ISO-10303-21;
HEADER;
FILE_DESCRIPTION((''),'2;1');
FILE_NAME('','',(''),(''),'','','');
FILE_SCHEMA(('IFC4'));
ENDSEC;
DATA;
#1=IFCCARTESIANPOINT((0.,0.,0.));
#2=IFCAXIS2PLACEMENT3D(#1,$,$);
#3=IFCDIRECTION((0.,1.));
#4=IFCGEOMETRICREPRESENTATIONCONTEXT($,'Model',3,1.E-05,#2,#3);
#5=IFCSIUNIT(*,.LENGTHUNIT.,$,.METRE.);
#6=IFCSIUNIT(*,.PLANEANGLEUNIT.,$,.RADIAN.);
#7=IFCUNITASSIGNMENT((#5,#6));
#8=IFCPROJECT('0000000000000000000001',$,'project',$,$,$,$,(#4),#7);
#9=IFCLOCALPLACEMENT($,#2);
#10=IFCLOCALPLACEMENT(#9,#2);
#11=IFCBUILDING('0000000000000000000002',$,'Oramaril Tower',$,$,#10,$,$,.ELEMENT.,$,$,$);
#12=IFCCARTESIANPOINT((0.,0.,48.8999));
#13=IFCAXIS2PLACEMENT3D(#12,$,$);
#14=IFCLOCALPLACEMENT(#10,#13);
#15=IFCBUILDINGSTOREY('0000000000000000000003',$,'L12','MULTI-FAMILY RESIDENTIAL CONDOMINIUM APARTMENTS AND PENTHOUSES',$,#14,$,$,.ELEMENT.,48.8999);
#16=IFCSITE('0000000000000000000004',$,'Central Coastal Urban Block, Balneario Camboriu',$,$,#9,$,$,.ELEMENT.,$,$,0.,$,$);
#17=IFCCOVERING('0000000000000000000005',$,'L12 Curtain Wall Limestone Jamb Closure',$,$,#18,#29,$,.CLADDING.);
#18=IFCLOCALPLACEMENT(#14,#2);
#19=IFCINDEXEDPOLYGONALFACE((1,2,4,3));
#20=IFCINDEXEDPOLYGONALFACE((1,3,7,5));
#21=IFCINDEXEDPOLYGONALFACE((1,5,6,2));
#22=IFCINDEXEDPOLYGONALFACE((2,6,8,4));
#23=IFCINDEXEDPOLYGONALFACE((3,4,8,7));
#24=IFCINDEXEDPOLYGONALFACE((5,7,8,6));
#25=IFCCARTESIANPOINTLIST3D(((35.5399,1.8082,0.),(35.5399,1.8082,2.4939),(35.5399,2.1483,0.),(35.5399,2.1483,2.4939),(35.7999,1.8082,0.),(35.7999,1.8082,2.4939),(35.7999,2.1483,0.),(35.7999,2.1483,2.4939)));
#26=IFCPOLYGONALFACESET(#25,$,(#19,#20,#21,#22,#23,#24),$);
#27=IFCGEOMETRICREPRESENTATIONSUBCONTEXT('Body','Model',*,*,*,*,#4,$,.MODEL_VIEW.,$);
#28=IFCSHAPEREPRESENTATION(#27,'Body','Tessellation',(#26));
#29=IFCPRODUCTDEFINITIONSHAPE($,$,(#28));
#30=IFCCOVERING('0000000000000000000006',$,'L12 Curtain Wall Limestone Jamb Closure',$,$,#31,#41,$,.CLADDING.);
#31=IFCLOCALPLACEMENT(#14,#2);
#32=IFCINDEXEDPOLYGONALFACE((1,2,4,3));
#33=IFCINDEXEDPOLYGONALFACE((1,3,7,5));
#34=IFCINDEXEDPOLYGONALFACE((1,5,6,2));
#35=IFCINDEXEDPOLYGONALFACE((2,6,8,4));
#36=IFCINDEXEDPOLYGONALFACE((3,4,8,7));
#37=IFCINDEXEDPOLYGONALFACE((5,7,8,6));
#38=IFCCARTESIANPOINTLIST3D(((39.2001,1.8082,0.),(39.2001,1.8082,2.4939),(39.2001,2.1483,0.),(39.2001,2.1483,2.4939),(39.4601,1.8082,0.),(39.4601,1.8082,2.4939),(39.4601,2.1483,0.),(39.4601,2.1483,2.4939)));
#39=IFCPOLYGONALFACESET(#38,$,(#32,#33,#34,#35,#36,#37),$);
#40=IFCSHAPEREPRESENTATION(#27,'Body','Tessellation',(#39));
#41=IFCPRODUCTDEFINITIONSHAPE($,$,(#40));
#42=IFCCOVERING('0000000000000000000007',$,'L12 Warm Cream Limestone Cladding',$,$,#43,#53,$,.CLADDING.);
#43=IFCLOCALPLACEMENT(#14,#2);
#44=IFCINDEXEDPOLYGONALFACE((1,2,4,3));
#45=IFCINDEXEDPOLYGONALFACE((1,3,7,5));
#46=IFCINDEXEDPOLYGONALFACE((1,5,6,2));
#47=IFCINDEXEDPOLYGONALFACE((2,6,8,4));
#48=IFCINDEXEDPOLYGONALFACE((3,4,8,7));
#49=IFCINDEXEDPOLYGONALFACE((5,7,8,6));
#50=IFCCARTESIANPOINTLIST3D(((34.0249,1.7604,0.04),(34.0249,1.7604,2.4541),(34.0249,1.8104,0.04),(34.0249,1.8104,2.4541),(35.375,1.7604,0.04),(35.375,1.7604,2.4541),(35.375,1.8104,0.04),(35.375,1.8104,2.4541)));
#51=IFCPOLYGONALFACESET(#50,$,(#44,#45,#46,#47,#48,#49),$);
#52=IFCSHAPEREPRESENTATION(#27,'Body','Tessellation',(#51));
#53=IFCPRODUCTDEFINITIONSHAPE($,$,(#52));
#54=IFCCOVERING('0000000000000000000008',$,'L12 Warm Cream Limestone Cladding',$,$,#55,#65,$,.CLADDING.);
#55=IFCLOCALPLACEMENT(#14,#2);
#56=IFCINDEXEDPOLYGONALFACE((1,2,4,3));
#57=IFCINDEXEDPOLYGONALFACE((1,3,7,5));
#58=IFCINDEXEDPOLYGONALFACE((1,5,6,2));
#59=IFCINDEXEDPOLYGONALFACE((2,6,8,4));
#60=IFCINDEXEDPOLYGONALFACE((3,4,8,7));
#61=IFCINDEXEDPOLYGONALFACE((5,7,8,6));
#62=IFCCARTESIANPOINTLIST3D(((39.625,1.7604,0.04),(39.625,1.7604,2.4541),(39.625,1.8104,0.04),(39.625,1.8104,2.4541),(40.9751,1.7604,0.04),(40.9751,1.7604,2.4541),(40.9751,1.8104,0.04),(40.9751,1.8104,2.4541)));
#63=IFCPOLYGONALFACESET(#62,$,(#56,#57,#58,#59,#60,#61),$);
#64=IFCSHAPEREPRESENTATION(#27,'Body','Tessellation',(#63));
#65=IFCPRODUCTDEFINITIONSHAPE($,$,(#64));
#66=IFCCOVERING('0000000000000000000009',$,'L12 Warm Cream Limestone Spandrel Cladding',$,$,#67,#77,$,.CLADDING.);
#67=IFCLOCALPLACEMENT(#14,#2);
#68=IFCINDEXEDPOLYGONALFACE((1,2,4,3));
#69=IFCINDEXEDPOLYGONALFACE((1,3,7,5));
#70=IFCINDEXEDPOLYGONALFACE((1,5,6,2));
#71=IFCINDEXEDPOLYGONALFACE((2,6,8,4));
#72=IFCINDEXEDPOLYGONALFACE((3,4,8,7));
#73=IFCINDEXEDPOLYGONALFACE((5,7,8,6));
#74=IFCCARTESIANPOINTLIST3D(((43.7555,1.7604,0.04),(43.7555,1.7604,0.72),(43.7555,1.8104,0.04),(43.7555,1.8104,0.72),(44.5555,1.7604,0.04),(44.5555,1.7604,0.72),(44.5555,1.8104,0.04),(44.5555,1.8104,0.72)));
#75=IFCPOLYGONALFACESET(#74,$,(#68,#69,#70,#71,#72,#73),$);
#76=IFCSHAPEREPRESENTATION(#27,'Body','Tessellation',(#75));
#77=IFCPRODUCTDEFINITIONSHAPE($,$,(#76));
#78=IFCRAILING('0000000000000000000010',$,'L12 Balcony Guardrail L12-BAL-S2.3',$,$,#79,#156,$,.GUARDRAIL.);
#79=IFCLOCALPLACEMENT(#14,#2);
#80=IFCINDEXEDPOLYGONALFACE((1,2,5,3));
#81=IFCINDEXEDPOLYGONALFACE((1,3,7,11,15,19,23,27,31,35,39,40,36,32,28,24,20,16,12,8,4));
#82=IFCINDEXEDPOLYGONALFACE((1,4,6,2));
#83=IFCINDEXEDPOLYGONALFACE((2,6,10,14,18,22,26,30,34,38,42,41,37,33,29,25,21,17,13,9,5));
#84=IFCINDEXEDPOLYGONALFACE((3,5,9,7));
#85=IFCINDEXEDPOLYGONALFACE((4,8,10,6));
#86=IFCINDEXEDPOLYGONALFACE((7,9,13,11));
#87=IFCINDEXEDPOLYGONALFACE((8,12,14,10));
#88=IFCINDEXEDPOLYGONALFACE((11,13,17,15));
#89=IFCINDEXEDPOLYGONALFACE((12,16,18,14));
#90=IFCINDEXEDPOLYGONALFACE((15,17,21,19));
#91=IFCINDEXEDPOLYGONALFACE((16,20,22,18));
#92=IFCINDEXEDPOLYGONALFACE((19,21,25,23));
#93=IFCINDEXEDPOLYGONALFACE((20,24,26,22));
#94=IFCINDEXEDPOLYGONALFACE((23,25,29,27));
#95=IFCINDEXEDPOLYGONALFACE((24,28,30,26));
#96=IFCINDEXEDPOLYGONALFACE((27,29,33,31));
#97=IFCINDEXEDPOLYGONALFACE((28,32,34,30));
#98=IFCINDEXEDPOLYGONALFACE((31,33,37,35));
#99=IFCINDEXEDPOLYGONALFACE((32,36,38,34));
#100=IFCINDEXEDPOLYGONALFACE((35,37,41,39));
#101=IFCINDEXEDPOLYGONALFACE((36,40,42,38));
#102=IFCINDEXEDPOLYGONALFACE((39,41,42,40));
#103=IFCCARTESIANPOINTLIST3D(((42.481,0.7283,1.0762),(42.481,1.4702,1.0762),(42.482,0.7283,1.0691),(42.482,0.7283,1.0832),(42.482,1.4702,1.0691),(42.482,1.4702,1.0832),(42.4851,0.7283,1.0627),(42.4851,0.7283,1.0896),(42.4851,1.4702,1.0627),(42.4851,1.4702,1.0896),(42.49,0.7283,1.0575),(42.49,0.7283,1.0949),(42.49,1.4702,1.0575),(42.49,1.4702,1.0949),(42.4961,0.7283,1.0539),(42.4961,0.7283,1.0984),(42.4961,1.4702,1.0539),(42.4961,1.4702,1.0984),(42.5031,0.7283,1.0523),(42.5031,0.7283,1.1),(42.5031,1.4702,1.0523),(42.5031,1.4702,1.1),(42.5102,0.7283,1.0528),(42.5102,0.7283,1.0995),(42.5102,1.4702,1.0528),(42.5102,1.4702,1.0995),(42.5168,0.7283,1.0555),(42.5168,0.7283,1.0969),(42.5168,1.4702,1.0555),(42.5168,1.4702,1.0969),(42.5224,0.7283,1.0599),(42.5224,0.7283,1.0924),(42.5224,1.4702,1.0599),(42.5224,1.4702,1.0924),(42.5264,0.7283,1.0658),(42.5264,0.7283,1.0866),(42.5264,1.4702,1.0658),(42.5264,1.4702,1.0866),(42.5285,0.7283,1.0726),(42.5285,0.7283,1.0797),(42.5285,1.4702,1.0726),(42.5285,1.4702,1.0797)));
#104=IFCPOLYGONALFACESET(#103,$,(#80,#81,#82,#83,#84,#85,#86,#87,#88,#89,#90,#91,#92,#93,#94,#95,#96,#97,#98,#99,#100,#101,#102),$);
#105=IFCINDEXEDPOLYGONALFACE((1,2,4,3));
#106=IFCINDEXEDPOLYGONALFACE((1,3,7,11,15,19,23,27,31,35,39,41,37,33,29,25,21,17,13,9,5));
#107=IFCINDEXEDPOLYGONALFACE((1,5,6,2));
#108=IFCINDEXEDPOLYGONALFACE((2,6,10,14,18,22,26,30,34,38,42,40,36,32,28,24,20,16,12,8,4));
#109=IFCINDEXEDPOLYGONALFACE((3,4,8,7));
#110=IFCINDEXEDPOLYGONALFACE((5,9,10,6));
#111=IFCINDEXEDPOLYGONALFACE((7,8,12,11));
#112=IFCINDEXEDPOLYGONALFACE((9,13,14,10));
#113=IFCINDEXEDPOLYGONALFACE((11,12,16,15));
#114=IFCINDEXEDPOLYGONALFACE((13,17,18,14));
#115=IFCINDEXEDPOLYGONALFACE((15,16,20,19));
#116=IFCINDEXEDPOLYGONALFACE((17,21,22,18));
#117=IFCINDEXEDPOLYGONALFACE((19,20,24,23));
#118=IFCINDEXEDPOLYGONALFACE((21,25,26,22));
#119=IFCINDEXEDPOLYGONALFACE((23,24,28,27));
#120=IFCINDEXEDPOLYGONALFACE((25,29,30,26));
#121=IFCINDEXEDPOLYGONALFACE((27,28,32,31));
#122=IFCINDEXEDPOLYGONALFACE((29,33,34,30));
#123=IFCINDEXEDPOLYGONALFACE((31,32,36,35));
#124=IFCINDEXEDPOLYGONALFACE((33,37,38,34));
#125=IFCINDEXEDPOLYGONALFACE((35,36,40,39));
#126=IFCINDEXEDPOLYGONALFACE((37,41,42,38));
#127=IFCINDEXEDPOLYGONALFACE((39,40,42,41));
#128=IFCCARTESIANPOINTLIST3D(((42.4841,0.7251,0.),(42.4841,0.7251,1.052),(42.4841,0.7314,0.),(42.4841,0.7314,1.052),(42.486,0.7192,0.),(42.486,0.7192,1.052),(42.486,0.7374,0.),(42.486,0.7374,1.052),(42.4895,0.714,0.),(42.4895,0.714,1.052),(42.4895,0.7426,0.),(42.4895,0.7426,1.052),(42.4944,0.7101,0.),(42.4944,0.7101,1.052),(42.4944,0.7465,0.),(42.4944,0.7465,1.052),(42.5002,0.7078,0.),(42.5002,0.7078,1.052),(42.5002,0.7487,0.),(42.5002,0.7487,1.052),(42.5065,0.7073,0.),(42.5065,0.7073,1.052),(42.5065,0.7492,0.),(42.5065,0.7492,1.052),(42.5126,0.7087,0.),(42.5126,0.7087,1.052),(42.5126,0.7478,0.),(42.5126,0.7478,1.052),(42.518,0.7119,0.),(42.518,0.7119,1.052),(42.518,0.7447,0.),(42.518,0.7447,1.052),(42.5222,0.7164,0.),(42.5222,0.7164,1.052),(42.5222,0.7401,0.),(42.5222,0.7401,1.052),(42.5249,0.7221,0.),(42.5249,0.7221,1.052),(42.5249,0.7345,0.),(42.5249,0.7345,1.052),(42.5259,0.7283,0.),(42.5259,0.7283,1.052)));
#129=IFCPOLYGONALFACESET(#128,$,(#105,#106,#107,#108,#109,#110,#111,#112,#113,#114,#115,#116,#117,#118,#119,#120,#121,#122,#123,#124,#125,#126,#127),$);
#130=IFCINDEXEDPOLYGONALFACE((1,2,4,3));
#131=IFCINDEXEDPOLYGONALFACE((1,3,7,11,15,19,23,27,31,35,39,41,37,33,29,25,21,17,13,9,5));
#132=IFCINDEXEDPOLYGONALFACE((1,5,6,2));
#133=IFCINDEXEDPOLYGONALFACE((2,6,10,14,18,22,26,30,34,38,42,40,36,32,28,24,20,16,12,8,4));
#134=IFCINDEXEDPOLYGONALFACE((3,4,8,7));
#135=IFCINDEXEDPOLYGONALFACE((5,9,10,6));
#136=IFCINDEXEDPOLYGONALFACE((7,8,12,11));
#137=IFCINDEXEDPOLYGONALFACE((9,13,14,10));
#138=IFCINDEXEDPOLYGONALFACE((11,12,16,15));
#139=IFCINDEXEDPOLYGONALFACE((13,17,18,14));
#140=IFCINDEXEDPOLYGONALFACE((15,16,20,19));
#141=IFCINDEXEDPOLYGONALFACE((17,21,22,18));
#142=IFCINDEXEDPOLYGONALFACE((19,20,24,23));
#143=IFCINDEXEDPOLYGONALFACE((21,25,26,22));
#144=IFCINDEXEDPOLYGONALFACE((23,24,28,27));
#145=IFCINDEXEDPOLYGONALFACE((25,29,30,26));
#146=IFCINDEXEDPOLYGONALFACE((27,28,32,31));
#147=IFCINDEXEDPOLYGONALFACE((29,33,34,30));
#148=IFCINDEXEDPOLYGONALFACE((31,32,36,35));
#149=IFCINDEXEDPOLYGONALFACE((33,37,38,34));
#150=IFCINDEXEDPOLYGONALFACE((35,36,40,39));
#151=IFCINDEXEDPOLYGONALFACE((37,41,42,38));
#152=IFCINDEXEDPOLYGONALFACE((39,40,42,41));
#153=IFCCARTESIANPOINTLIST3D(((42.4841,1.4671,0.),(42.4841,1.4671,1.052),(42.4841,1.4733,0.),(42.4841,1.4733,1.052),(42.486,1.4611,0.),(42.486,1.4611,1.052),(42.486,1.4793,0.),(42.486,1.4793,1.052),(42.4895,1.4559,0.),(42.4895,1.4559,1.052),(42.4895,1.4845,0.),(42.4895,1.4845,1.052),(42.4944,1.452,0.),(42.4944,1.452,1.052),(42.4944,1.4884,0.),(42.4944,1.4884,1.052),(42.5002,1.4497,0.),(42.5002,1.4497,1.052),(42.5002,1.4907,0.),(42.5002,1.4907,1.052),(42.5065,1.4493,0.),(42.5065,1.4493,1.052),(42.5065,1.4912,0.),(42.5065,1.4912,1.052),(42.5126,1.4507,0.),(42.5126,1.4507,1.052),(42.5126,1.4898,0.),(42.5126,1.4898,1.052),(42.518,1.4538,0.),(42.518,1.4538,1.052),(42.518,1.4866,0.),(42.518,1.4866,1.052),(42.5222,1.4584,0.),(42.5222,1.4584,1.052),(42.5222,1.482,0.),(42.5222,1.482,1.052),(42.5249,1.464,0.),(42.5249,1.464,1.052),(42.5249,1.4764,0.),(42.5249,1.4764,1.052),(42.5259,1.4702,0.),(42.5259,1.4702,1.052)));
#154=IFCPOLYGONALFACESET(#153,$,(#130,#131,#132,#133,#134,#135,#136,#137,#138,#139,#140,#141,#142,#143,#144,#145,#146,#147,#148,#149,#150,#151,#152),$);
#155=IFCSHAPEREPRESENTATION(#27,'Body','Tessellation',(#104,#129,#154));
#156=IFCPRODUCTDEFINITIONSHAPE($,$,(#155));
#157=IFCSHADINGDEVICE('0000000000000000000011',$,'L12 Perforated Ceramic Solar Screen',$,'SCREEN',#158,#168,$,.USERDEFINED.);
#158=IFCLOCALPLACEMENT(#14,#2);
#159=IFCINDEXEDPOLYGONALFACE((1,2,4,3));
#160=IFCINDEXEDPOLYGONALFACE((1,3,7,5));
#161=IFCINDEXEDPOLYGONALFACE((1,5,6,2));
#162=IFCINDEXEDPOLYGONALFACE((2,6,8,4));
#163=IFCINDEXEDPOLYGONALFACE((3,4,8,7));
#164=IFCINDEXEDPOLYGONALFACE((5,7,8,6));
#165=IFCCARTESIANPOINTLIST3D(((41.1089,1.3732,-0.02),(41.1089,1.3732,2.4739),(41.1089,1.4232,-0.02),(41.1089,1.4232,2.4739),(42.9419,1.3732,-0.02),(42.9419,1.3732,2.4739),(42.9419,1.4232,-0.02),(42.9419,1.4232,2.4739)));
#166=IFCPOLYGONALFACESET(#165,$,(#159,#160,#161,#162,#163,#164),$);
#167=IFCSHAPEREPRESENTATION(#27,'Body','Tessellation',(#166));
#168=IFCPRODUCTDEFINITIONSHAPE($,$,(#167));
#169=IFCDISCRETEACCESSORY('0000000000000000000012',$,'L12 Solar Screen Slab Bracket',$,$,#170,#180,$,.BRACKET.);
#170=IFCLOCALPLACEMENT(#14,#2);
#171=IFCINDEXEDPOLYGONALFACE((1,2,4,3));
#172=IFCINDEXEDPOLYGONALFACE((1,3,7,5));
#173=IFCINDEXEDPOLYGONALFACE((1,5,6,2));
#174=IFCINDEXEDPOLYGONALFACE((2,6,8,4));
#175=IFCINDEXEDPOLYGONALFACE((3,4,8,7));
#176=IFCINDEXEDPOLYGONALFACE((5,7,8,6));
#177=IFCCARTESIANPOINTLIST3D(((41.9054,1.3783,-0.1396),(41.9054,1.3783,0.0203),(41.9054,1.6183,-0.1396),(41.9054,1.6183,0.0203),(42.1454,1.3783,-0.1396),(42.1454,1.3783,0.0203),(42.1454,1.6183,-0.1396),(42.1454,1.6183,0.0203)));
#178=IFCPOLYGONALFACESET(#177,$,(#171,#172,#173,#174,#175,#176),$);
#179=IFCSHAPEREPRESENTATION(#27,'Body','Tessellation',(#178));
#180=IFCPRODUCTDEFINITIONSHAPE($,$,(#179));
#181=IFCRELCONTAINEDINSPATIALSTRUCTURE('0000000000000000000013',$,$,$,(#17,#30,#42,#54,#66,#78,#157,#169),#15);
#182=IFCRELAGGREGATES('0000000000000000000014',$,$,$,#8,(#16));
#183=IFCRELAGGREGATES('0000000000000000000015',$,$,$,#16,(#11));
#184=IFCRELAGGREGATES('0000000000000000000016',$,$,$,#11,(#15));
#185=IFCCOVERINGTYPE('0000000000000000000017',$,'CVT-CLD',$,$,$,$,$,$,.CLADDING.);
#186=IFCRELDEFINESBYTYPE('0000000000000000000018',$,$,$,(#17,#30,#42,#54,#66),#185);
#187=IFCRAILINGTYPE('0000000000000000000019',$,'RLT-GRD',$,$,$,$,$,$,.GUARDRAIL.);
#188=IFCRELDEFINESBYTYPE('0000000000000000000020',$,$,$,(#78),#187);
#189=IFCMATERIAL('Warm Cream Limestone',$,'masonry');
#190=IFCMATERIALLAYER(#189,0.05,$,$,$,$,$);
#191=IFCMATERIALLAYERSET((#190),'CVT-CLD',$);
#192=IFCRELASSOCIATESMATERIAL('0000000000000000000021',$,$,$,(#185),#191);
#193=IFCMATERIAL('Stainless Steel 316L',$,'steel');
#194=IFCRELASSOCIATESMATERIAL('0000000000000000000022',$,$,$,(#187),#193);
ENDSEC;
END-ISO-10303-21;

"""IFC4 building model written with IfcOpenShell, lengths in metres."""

from ifc_helpers import new_model, si_unit, direction, frame, origin, origin_2d, place, context, subcontext, project, spatial, rectangle, circle, extrude, material, layer, layer_set, type_object, element, save


model = new_model("IFC4")

# Units and contexts
model_context = context("Model", 3, precision=1e-05, world=origin(), true_north=direction((0.0, 1.0)))
body_context = subcontext(model_context, "Body", "Model", "MODEL_VIEW")
ifc_project = project(units=[si_unit("LENGTHUNIT", "METRE"), si_unit("PLANEANGLEUNIT", "RADIAN")], contexts=[model_context])

# Site, building, storey
site_placement = place(None, origin())
site = spatial("IfcSite", under=ifc_project, at=site_placement, Name="Central Coastal Urban Block, Balneario Camboriu", CompositionType="ELEMENT", RefElevation=0.0)
building_placement = place(site_placement, origin())
building = spatial("IfcBuilding", under=site, at=building_placement, Name="Oramaril Tower", CompositionType="ELEMENT")
storey_placement = place(building_placement, frame((0.0, 0.0, 48.8999)))
storey = spatial("IfcBuildingStorey", under=building, at=storey_placement, Name="L12", Description="MULTI-FAMILY RESIDENTIAL CONDOMINIUM APARTMENTS AND PENTHOUSES", CompositionType="ELEMENT", Elevation=48.8999)

# Coverings
ifc_material_1 = material(Name="Warm Cream Limestone", Category="masonry")
ifc_layer_1 = layer(ifc_material_1, 0.05)
ifc_layer_set_1 = layer_set([ifc_layer_1], Name="CVT-CLD")
covering_type = type_object("IfcCoveringType", Name="CVT-CLD", PredefinedType="CLADDING", material=ifc_layer_set_1)
for number, where, z_axis, x_axis, name in (
    (1, (35.6699, 1.9783, 0.0), (0.0, 0.0, 1.0), (1.0, 0.0, 0.0), "L12 Curtain Wall Limestone Jamb Closure"),
    (2, (39.3301, 1.9783, 0.0), (0.0, 0.0, 1.0), (1.0, 0.0, 0.0), "L12 Curtain Wall Limestone Jamb Closure"),
):
    element("IfcCovering", number, at=place(storey_placement, frame(where, z_axis=z_axis, x_axis=x_axis)), inside=storey, type_object=covering_type, Name=name, PredefinedType="CLADDING", context=body_context, shape_type="SweptSolid", body=[
        extrude(rectangle(XDim=0.26, YDim=0.3401, at=origin_2d()), origin(), (0.0, 0.0, 1.0), 2.4939),
    ])
for number, where, z_axis, x_axis, name in (
    (3, (34.7, 1.7854, 0.04), (0.0, 0.0, 1.0), (1.0, 0.0, 0.0), "L12 Warm Cream Limestone Cladding"),
    (4, (40.3, 1.7854, 0.04), (0.0, 0.0, 1.0), (1.0, 0.0, 0.0), "L12 Warm Cream Limestone Cladding"),
):
    element("IfcCovering", number, at=place(storey_placement, frame(where, z_axis=z_axis, x_axis=x_axis)), inside=storey, type_object=covering_type, Name=name, PredefinedType="CLADDING", context=body_context, shape_type="SweptSolid", body=[
        extrude(rectangle(XDim=1.3501, YDim=0.05, at=origin_2d()), origin(), (0.0, 0.0, 1.0), 2.4141),
    ])
covering_placement = place(storey_placement, frame((44.1555, 1.7854, 0.04), z_axis=(0.0, 0.0, 1.0), x_axis=(1.0, 0.0, 0.0)))
element("IfcCovering", 5, at=covering_placement, inside=storey, type_object=covering_type, Name="L12 Warm Cream Limestone Spandrel Cladding", PredefinedType="CLADDING", context=body_context, shape_type="SweptSolid", body=[
    extrude(rectangle(XDim=0.8, YDim=0.05, at=origin_2d()), origin(), (0.0, 0.0, 1.0), 0.6799),
])

# Railing
ifc_material_2 = material(Name="Stainless Steel 316L", Category="steel")
railing_type = type_object("IfcRailingType", Name="RLT-GRD", PredefinedType="GUARDRAIL", material=ifc_material_2)
railing_placement = place(storey_placement, frame((42.5049, 0.7283, 0.0)))
element("IfcRailing", 6, at=railing_placement, inside=storey, type_object=railing_type, Name="L12 Balcony Guardrail L12-BAL-S2.3", PredefinedType="GUARDRAIL", context=body_context, shape_type="SweptSolid", body=[
    extrude(circle(Radius=0.0239, at=origin_2d()), frame((0.0, 0.0, 1.0762), z_axis=(0.0, 1.0, 0.0), x_axis=(-1.0, 0.0, 0.0)), (0.0, 0.0, 1.0), 0.7419),
    extrude(circle(Radius=0.021, at=origin_2d()), origin(), (0.0, 0.0, 1.0), 1.052),
    extrude(circle(Radius=0.021, at=origin_2d()), frame((0.0, 0.7419, 0.0)), (0.0, 0.0, 1.0), 1.052),
])

# Shading device
shading_device_placement = place(storey_placement, frame((42.0254, 1.3982, -0.02), z_axis=(0.0, 0.0, 1.0), x_axis=(1.0, 0.0, 0.0)))
element("IfcShadingDevice", 7, at=shading_device_placement, inside=storey, Name="L12 Perforated Ceramic Solar Screen", ObjectType="SCREEN", PredefinedType="USERDEFINED", context=body_context, shape_type="SweptSolid", body=[
    extrude(rectangle(XDim=1.833, YDim=0.05, at=origin_2d()), origin(), (0.0, 0.0, 1.0), 2.4939),
])

# Discrete accessory
discrete_accessory_placement = place(storey_placement, frame((42.0254, 1.4983, -0.1396), z_axis=(0.0, 0.0, 1.0), x_axis=(1.0, 0.0, 0.0)))
element("IfcDiscreteAccessory", 8, at=discrete_accessory_placement, inside=storey, Name="L12 Solar Screen Slab Bracket", PredefinedType="BRACKET", context=body_context, shape_type="SweptSolid", body=[
    extrude(rectangle(XDim=0.24, YDim=0.24, at=origin_2d()), origin(), (0.0, 0.0, 1.0), 0.1599),
])

save(model, "model.ifc")
